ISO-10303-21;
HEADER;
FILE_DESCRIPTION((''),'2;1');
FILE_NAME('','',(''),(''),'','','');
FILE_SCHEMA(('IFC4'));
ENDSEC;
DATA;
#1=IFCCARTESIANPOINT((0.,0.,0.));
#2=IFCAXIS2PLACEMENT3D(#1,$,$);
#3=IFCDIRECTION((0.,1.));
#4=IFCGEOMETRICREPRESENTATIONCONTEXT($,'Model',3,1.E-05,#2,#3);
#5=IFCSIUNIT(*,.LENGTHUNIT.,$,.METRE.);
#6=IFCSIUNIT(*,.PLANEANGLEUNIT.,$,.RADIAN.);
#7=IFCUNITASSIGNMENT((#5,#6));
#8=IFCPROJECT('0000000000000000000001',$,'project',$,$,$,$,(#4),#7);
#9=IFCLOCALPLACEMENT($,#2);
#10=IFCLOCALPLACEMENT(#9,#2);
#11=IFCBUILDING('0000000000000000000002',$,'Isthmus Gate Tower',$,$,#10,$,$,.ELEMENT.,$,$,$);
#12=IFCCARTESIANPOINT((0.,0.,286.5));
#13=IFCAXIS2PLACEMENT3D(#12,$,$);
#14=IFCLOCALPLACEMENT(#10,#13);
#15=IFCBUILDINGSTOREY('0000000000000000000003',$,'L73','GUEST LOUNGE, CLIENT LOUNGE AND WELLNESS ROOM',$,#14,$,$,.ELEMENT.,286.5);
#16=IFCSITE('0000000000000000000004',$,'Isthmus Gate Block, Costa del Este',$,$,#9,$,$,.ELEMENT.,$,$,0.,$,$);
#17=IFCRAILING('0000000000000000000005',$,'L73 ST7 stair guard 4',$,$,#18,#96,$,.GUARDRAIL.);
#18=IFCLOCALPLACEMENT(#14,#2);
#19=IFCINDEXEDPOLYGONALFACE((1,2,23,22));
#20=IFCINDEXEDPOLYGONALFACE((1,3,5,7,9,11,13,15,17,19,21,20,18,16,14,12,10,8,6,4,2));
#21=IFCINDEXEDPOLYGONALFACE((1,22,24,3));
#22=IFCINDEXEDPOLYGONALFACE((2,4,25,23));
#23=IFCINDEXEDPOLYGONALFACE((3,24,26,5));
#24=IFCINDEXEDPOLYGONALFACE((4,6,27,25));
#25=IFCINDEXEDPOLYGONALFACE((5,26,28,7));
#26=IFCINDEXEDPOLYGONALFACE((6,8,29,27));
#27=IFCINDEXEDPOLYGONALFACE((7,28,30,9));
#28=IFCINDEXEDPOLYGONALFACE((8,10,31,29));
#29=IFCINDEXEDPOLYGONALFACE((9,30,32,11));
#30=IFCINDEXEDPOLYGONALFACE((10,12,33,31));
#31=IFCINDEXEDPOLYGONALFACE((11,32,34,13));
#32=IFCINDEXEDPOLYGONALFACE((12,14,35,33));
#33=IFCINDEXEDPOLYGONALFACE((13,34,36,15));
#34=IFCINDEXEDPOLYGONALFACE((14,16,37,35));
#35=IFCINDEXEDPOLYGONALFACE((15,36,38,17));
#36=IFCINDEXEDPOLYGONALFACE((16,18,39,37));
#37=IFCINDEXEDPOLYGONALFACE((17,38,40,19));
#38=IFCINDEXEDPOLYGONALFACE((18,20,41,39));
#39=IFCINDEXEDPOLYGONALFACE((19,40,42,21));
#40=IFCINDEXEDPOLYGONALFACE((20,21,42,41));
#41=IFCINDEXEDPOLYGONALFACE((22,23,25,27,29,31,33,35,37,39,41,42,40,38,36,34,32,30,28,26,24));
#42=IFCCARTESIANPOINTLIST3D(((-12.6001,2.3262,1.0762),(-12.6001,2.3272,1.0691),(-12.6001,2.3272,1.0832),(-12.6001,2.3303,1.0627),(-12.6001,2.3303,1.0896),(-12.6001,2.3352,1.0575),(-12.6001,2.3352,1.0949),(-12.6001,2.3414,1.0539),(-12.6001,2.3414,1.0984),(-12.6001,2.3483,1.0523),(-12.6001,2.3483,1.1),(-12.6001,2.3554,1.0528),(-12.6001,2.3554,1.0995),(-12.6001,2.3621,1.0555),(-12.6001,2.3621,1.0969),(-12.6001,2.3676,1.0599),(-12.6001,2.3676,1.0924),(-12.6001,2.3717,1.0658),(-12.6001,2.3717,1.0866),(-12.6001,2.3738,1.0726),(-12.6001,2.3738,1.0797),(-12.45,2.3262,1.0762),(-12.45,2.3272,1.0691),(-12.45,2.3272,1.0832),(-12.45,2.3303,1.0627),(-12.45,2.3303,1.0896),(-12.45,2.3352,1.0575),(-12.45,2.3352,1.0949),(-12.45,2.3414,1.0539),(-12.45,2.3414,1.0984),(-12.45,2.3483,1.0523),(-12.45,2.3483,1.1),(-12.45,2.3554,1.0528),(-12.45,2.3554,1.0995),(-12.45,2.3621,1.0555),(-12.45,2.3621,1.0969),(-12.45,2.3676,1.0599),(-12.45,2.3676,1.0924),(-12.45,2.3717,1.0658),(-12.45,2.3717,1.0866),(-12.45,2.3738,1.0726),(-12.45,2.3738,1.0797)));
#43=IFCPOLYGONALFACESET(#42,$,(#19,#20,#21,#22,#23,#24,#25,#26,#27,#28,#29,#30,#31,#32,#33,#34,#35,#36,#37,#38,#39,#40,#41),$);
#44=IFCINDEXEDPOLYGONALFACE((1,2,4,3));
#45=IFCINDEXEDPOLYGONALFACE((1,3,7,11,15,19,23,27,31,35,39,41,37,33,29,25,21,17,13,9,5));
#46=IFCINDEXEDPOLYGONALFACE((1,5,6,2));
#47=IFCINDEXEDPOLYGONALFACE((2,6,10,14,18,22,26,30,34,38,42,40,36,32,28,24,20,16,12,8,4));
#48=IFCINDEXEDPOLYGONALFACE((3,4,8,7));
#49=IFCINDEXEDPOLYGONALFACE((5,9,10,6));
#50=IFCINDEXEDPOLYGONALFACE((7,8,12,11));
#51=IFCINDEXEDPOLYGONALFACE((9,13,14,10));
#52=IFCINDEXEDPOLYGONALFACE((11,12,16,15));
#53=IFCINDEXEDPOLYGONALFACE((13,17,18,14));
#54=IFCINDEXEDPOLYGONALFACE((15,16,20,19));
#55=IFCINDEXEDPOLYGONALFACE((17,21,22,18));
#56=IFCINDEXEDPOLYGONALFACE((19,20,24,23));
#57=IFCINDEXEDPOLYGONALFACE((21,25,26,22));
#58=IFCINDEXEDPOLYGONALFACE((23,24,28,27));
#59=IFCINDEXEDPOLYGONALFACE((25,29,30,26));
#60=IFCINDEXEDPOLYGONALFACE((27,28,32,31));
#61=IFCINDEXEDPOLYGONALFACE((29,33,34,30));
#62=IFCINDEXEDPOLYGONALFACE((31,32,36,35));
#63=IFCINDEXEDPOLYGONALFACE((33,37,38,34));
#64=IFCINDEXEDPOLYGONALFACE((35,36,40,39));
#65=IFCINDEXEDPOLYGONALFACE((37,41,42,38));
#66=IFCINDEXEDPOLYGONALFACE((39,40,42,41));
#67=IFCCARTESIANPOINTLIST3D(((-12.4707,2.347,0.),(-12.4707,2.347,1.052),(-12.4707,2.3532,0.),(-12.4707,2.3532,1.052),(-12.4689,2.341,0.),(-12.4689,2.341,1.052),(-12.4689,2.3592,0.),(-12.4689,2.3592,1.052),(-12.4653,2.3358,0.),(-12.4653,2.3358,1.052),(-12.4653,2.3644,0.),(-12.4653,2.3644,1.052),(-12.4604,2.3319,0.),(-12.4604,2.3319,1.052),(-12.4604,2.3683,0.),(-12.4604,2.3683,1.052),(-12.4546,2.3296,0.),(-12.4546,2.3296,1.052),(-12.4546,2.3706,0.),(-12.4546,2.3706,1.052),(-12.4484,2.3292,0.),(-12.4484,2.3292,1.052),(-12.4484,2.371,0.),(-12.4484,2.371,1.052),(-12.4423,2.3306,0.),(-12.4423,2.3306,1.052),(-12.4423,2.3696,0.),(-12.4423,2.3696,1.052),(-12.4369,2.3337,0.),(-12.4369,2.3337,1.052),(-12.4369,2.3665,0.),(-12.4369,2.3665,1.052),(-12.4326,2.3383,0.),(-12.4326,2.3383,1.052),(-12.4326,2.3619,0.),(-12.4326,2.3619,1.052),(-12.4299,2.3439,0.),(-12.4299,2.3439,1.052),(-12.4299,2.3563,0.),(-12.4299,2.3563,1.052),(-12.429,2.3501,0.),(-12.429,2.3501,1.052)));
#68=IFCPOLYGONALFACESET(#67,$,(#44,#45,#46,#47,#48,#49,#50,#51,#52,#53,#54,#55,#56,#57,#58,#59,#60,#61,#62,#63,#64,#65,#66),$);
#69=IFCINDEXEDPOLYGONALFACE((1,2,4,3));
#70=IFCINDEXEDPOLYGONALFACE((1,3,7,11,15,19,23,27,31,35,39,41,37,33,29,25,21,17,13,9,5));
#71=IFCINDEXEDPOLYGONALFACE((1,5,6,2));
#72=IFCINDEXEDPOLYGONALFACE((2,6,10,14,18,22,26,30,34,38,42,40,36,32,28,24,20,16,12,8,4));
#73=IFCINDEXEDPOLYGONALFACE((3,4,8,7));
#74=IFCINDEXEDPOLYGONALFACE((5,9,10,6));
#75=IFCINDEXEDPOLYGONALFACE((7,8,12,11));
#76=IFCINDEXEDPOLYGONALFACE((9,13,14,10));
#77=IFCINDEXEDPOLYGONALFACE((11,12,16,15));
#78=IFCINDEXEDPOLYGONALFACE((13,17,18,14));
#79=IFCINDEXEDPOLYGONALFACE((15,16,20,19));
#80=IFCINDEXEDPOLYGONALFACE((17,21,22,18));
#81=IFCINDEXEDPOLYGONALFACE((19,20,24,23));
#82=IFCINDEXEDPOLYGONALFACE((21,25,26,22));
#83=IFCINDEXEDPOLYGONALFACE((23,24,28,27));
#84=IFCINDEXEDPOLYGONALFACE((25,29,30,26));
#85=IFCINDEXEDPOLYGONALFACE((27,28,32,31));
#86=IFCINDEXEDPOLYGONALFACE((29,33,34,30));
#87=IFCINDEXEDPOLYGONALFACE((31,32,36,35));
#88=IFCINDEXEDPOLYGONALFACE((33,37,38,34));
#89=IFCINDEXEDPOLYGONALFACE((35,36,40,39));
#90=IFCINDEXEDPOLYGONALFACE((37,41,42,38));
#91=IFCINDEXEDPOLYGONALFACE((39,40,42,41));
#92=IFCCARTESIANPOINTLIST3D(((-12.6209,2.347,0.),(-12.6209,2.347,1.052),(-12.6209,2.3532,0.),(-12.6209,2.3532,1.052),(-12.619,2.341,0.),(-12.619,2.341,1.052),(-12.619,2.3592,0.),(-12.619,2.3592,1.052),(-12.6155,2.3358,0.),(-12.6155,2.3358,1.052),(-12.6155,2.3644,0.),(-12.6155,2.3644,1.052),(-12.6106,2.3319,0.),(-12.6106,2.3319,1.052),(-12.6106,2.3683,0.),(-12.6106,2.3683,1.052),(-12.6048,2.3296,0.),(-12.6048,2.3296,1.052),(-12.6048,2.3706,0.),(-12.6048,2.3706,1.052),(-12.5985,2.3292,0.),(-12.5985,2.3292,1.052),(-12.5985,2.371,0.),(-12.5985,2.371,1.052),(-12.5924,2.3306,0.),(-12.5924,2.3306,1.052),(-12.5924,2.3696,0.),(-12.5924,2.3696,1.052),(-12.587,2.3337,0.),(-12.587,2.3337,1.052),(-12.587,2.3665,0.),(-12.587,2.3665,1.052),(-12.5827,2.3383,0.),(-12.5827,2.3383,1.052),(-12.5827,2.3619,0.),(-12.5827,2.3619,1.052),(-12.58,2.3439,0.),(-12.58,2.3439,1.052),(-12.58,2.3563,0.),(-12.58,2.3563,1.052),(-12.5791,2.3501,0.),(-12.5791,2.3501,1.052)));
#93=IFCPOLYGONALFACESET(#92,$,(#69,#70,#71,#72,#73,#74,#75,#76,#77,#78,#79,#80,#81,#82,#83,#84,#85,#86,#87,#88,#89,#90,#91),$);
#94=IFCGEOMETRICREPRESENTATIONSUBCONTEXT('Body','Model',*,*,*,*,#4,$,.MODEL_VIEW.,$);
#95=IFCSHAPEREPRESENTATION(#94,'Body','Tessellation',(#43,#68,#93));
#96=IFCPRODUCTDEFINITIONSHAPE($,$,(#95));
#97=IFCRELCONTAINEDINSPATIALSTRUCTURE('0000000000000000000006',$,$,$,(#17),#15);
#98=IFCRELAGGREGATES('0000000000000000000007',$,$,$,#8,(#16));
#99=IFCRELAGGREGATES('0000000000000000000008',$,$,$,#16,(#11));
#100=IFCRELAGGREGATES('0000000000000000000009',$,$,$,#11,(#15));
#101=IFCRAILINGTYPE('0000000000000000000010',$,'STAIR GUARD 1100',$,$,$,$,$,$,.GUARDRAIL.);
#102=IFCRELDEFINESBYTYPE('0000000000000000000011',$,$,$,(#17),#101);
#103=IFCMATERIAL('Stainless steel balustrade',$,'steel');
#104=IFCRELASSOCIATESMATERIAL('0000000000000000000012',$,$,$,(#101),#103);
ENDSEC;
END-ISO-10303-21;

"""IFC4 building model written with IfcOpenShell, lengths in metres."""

from ifc_helpers import new_model, si_unit, direction, frame, origin, origin_2d, place, context, subcontext, project, spatial, circle, extrude, material, type_object, element, save


model = new_model("IFC4")

# Units and contexts
model_context = context("Model", 3, precision=1e-05, world=origin(), true_north=direction((0.0, 1.0)))
body_context = subcontext(model_context, "Body", "Model", "MODEL_VIEW")
ifc_project = project(units=[si_unit("LENGTHUNIT", "METRE"), si_unit("PLANEANGLEUNIT", "RADIAN")], contexts=[model_context])

# Site, building, storey
site_placement = place(None, origin())
site = spatial("IfcSite", under=ifc_project, at=site_placement, Name="Isthmus Gate Block, Costa del Este", CompositionType="ELEMENT", RefElevation=0.0)
building_placement = place(site_placement, origin())
building = spatial("IfcBuilding", under=site, at=building_placement, Name="Isthmus Gate Tower", CompositionType="ELEMENT")
storey_placement = place(building_placement, frame((0.0, 0.0, 286.5)))
storey = spatial("IfcBuildingStorey", under=building, at=storey_placement, Name="L73", Description="GUEST LOUNGE, CLIENT LOUNGE AND WELLNESS ROOM", CompositionType="ELEMENT", Elevation=286.5)

# Railing
ifc_material_1 = material(Name="Stainless steel balustrade", Category="steel")
railing_type_1 = type_object("IfcRailingType", Name="STAIR GUARD 1100", PredefinedType="GUARDRAIL", material=ifc_material_1)
railing_1_placement = place(storey_placement, frame((-12.45, 2.3501, 0.0)))
element("IfcRailing", 1, at=railing_1_placement, inside=storey, type_object=railing_type_1, Name="L73 ST7 stair guard 4", PredefinedType="GUARDRAIL", context=body_context, shape_type="SweptSolid", body=[
    extrude(circle(Radius=0.0239, at=origin_2d()), frame((0.0, 0.0, 1.0762), z_axis=(-1.0, 0.0, 0.0), x_axis=(0.0, -1.0, 0.0)), (0.0, 0.0, 1.0), 0.1501),
    extrude(circle(Radius=0.021, at=origin_2d()), origin(), (0.0, 0.0, 1.0), 1.052),
    extrude(circle(Radius=0.021, at=origin_2d()), frame((-0.1501, 0.0, 0.0)), (0.0, 0.0, 1.0), 1.052),
])

save(model, "model.ifc")
